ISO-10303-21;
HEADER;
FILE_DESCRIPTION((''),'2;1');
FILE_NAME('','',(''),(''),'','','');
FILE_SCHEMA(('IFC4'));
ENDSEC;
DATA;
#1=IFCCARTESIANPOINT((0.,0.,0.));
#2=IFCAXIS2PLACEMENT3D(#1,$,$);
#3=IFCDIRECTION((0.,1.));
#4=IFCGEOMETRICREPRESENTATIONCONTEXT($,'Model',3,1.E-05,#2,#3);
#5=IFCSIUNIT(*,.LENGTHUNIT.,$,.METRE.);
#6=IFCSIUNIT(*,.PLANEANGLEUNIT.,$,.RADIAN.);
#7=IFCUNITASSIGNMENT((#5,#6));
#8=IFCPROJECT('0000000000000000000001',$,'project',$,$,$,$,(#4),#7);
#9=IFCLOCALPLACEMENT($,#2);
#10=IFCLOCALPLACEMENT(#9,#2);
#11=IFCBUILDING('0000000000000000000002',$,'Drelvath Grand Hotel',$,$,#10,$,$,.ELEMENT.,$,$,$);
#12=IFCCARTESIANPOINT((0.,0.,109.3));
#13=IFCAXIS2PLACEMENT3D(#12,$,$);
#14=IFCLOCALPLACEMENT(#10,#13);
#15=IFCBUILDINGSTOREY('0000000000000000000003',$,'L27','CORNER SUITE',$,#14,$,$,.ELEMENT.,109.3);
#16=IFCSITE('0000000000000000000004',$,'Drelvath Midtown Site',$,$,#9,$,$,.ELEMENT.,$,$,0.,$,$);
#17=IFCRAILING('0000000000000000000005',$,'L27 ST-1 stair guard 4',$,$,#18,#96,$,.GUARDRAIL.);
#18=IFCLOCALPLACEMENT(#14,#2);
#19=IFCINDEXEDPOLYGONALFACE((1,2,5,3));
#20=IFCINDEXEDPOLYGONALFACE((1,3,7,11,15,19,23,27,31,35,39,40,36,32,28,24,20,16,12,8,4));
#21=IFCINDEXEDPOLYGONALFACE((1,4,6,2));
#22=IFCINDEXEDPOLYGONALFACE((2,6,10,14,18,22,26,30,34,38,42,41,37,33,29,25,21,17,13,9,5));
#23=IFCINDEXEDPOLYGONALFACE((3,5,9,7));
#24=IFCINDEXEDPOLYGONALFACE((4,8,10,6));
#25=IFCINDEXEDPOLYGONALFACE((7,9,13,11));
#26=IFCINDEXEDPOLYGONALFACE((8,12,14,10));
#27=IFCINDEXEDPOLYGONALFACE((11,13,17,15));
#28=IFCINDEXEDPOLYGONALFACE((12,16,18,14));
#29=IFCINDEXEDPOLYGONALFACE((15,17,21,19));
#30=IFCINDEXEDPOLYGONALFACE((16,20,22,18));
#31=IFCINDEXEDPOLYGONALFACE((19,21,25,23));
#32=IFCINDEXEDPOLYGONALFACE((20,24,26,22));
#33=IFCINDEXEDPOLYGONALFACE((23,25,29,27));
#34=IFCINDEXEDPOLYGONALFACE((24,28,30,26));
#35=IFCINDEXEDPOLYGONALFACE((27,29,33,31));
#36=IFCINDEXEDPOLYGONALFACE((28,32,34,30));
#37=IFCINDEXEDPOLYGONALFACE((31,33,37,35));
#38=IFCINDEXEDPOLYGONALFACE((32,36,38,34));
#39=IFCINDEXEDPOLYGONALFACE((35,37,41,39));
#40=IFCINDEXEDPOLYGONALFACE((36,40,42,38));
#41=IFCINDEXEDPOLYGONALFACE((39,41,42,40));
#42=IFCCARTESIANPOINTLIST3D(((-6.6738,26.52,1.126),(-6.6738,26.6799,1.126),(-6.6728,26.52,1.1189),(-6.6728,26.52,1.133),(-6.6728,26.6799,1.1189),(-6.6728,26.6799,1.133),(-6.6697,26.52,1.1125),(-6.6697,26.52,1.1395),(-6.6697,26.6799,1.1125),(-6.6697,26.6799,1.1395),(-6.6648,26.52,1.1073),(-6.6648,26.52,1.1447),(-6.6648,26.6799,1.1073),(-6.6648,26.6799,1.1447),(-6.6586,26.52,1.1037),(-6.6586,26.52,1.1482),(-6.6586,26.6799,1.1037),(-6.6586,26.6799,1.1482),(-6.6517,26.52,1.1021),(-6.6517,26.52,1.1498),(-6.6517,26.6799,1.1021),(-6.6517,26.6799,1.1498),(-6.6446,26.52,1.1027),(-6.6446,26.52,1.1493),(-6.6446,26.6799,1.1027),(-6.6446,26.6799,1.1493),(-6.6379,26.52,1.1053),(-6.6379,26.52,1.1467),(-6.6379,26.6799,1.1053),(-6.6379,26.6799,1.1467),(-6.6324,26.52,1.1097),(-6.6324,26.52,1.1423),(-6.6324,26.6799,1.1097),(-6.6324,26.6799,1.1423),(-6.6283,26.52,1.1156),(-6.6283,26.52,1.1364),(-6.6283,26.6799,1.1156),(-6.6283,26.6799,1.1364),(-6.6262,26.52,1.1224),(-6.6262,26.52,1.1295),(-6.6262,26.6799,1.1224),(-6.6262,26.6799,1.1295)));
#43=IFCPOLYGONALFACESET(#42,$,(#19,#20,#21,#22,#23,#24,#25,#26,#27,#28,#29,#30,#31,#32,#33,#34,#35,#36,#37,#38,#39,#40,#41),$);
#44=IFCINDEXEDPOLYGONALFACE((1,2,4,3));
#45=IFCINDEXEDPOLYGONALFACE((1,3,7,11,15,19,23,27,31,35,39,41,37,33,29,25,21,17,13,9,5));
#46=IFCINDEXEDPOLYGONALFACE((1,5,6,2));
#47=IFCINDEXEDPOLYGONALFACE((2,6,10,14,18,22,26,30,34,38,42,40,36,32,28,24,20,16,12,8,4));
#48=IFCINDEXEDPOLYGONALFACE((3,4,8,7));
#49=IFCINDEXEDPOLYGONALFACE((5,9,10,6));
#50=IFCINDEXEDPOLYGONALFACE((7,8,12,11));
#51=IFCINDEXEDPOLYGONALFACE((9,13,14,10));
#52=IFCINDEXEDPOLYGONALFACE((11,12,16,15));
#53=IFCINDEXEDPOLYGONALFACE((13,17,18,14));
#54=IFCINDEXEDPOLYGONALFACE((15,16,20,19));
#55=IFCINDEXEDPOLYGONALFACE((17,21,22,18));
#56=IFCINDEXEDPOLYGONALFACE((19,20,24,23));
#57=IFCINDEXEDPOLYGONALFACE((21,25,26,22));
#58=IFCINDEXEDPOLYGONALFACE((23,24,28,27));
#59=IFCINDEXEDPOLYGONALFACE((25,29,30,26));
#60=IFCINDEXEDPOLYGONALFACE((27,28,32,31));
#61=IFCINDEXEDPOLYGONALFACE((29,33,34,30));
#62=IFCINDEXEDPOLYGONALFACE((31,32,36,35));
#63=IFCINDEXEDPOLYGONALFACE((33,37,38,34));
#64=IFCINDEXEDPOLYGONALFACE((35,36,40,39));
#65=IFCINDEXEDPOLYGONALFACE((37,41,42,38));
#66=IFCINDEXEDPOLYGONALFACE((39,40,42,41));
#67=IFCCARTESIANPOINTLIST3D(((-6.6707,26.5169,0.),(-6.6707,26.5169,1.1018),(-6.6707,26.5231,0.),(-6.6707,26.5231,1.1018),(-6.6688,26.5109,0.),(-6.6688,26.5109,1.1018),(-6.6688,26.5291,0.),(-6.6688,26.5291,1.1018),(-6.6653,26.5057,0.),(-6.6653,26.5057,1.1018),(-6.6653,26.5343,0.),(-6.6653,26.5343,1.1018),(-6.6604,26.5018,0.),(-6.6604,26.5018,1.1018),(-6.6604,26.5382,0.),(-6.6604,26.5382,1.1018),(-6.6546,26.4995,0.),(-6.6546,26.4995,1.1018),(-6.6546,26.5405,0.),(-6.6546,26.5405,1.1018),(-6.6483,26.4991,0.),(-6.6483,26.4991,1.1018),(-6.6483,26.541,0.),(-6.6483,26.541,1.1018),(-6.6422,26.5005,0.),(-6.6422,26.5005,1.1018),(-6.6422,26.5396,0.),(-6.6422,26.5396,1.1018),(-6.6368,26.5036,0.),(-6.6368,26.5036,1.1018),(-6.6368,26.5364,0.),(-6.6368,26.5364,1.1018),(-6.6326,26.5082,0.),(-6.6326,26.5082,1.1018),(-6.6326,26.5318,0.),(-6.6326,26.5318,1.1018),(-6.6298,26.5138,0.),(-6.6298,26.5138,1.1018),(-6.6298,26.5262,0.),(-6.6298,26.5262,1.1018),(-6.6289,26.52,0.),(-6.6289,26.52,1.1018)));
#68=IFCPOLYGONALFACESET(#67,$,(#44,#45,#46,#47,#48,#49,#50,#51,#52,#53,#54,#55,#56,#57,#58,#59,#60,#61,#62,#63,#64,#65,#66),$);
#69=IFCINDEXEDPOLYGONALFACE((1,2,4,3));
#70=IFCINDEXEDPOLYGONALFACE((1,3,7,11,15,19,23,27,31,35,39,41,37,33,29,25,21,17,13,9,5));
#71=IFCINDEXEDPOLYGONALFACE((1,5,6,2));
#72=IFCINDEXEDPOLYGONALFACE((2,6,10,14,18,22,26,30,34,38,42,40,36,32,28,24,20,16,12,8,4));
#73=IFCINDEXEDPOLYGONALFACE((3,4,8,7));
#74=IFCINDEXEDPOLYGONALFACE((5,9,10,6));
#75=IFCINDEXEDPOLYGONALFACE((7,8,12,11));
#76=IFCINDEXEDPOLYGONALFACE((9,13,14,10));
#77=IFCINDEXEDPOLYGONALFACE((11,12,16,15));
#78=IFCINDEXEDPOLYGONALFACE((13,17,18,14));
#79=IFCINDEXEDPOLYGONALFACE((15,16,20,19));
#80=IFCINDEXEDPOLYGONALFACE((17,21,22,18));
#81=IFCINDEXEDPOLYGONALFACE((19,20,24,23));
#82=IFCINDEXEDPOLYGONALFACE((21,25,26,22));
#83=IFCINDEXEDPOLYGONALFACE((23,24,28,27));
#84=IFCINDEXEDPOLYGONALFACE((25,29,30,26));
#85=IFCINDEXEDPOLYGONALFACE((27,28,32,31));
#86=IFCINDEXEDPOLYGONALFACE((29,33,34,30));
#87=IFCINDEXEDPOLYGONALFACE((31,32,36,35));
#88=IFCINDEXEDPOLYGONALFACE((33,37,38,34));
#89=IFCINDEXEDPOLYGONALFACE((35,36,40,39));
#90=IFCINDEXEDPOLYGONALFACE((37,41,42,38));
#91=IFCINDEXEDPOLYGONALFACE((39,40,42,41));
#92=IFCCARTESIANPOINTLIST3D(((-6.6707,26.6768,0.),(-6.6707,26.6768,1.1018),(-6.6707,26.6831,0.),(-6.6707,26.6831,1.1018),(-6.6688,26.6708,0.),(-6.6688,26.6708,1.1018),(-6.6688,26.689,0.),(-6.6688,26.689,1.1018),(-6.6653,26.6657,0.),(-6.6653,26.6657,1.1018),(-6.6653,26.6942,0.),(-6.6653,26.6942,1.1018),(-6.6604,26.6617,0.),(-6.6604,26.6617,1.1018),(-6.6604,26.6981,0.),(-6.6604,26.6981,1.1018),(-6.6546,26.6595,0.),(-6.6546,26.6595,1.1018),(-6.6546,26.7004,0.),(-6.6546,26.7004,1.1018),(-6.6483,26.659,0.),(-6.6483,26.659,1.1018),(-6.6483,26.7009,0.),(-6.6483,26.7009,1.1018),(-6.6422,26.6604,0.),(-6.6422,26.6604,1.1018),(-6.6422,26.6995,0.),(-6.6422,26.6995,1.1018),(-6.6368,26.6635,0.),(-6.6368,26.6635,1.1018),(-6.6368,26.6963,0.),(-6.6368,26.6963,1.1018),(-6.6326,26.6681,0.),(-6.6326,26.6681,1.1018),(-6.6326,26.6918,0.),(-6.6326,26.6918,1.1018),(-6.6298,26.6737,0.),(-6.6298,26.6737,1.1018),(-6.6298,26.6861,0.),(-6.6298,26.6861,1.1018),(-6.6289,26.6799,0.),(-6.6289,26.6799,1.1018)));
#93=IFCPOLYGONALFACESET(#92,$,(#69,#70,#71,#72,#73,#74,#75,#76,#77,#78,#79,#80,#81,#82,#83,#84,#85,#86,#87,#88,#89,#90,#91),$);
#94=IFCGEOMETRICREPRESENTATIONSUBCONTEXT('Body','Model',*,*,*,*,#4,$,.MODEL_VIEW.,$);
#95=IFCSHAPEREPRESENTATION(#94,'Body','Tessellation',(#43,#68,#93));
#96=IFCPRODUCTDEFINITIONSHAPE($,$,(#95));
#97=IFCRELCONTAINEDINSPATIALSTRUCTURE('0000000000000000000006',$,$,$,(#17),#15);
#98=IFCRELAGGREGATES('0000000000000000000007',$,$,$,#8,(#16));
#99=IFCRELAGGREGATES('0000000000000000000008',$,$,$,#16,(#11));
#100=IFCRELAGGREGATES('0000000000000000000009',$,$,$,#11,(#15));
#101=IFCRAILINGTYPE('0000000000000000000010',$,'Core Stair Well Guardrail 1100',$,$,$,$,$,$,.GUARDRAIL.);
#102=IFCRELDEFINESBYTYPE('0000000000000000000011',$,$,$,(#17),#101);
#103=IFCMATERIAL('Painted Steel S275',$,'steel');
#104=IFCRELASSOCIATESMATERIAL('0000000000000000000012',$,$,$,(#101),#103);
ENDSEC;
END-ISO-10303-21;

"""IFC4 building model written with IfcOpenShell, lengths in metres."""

from ifc_helpers import new_model, si_unit, direction, frame, origin, origin_2d, place, context, subcontext, project, spatial, circle, extrude, material, type_object, element, save


model = new_model("IFC4")

# Units and contexts
model_context = context("Model", 3, precision=1e-05, world=origin(), true_north=direction((0.0, 1.0)))
body_context = subcontext(model_context, "Body", "Model", "MODEL_VIEW")
ifc_project = project(units=[si_unit("LENGTHUNIT", "METRE"), si_unit("PLANEANGLEUNIT", "RADIAN")], contexts=[model_context])

# Site, building, storey
site_placement = place(None, origin())
site = spatial("IfcSite", under=ifc_project, at=site_placement, Name="Drelvath Midtown Site", CompositionType="ELEMENT", RefElevation=0.0)
building_placement = place(site_placement, origin())
building = spatial("IfcBuilding", under=site, at=building_placement, Name="Drelvath Grand Hotel", CompositionType="ELEMENT")
storey_placement = place(building_placement, frame((0.0, 0.0, 109.3)))
storey = spatial("IfcBuildingStorey", under=building, at=storey_placement, Name="L27", Description="CORNER SUITE", CompositionType="ELEMENT", Elevation=109.3)

# Shared definitions
ifc_material_1 = material(Name="Painted Steel S275", Category="steel")

# Railing
railing_type_1 = type_object("IfcRailingType", Name="Core Stair Well Guardrail 1100", PredefinedType="GUARDRAIL", material=ifc_material_1)
railing_1_placement = place(storey_placement, frame((-6.6499, 26.52, 0.0)))
element("IfcRailing", 1, at=railing_1_placement, inside=storey, type_object=railing_type_1, Name="L27 ST-1 stair guard 4", PredefinedType="GUARDRAIL", context=body_context, shape_type="SweptSolid", body=[
    extrude(circle(Radius=0.0239, at=origin_2d()), frame((0.0, 0.0, 1.126), z_axis=(0.0, 1.0, 0.0), x_axis=(-1.0, 0.0, 0.0)), (0.0, 0.0, 1.0), 0.1599),
    extrude(circle(Radius=0.021, at=origin_2d()), origin(), (0.0, 0.0, 1.0), 1.1018),
    extrude(circle(Radius=0.021, at=origin_2d()), frame((0.0, 0.1599, 0.0)), (0.0, 0.0, 1.0), 1.1018),
])

save(model, "model.ifc")
